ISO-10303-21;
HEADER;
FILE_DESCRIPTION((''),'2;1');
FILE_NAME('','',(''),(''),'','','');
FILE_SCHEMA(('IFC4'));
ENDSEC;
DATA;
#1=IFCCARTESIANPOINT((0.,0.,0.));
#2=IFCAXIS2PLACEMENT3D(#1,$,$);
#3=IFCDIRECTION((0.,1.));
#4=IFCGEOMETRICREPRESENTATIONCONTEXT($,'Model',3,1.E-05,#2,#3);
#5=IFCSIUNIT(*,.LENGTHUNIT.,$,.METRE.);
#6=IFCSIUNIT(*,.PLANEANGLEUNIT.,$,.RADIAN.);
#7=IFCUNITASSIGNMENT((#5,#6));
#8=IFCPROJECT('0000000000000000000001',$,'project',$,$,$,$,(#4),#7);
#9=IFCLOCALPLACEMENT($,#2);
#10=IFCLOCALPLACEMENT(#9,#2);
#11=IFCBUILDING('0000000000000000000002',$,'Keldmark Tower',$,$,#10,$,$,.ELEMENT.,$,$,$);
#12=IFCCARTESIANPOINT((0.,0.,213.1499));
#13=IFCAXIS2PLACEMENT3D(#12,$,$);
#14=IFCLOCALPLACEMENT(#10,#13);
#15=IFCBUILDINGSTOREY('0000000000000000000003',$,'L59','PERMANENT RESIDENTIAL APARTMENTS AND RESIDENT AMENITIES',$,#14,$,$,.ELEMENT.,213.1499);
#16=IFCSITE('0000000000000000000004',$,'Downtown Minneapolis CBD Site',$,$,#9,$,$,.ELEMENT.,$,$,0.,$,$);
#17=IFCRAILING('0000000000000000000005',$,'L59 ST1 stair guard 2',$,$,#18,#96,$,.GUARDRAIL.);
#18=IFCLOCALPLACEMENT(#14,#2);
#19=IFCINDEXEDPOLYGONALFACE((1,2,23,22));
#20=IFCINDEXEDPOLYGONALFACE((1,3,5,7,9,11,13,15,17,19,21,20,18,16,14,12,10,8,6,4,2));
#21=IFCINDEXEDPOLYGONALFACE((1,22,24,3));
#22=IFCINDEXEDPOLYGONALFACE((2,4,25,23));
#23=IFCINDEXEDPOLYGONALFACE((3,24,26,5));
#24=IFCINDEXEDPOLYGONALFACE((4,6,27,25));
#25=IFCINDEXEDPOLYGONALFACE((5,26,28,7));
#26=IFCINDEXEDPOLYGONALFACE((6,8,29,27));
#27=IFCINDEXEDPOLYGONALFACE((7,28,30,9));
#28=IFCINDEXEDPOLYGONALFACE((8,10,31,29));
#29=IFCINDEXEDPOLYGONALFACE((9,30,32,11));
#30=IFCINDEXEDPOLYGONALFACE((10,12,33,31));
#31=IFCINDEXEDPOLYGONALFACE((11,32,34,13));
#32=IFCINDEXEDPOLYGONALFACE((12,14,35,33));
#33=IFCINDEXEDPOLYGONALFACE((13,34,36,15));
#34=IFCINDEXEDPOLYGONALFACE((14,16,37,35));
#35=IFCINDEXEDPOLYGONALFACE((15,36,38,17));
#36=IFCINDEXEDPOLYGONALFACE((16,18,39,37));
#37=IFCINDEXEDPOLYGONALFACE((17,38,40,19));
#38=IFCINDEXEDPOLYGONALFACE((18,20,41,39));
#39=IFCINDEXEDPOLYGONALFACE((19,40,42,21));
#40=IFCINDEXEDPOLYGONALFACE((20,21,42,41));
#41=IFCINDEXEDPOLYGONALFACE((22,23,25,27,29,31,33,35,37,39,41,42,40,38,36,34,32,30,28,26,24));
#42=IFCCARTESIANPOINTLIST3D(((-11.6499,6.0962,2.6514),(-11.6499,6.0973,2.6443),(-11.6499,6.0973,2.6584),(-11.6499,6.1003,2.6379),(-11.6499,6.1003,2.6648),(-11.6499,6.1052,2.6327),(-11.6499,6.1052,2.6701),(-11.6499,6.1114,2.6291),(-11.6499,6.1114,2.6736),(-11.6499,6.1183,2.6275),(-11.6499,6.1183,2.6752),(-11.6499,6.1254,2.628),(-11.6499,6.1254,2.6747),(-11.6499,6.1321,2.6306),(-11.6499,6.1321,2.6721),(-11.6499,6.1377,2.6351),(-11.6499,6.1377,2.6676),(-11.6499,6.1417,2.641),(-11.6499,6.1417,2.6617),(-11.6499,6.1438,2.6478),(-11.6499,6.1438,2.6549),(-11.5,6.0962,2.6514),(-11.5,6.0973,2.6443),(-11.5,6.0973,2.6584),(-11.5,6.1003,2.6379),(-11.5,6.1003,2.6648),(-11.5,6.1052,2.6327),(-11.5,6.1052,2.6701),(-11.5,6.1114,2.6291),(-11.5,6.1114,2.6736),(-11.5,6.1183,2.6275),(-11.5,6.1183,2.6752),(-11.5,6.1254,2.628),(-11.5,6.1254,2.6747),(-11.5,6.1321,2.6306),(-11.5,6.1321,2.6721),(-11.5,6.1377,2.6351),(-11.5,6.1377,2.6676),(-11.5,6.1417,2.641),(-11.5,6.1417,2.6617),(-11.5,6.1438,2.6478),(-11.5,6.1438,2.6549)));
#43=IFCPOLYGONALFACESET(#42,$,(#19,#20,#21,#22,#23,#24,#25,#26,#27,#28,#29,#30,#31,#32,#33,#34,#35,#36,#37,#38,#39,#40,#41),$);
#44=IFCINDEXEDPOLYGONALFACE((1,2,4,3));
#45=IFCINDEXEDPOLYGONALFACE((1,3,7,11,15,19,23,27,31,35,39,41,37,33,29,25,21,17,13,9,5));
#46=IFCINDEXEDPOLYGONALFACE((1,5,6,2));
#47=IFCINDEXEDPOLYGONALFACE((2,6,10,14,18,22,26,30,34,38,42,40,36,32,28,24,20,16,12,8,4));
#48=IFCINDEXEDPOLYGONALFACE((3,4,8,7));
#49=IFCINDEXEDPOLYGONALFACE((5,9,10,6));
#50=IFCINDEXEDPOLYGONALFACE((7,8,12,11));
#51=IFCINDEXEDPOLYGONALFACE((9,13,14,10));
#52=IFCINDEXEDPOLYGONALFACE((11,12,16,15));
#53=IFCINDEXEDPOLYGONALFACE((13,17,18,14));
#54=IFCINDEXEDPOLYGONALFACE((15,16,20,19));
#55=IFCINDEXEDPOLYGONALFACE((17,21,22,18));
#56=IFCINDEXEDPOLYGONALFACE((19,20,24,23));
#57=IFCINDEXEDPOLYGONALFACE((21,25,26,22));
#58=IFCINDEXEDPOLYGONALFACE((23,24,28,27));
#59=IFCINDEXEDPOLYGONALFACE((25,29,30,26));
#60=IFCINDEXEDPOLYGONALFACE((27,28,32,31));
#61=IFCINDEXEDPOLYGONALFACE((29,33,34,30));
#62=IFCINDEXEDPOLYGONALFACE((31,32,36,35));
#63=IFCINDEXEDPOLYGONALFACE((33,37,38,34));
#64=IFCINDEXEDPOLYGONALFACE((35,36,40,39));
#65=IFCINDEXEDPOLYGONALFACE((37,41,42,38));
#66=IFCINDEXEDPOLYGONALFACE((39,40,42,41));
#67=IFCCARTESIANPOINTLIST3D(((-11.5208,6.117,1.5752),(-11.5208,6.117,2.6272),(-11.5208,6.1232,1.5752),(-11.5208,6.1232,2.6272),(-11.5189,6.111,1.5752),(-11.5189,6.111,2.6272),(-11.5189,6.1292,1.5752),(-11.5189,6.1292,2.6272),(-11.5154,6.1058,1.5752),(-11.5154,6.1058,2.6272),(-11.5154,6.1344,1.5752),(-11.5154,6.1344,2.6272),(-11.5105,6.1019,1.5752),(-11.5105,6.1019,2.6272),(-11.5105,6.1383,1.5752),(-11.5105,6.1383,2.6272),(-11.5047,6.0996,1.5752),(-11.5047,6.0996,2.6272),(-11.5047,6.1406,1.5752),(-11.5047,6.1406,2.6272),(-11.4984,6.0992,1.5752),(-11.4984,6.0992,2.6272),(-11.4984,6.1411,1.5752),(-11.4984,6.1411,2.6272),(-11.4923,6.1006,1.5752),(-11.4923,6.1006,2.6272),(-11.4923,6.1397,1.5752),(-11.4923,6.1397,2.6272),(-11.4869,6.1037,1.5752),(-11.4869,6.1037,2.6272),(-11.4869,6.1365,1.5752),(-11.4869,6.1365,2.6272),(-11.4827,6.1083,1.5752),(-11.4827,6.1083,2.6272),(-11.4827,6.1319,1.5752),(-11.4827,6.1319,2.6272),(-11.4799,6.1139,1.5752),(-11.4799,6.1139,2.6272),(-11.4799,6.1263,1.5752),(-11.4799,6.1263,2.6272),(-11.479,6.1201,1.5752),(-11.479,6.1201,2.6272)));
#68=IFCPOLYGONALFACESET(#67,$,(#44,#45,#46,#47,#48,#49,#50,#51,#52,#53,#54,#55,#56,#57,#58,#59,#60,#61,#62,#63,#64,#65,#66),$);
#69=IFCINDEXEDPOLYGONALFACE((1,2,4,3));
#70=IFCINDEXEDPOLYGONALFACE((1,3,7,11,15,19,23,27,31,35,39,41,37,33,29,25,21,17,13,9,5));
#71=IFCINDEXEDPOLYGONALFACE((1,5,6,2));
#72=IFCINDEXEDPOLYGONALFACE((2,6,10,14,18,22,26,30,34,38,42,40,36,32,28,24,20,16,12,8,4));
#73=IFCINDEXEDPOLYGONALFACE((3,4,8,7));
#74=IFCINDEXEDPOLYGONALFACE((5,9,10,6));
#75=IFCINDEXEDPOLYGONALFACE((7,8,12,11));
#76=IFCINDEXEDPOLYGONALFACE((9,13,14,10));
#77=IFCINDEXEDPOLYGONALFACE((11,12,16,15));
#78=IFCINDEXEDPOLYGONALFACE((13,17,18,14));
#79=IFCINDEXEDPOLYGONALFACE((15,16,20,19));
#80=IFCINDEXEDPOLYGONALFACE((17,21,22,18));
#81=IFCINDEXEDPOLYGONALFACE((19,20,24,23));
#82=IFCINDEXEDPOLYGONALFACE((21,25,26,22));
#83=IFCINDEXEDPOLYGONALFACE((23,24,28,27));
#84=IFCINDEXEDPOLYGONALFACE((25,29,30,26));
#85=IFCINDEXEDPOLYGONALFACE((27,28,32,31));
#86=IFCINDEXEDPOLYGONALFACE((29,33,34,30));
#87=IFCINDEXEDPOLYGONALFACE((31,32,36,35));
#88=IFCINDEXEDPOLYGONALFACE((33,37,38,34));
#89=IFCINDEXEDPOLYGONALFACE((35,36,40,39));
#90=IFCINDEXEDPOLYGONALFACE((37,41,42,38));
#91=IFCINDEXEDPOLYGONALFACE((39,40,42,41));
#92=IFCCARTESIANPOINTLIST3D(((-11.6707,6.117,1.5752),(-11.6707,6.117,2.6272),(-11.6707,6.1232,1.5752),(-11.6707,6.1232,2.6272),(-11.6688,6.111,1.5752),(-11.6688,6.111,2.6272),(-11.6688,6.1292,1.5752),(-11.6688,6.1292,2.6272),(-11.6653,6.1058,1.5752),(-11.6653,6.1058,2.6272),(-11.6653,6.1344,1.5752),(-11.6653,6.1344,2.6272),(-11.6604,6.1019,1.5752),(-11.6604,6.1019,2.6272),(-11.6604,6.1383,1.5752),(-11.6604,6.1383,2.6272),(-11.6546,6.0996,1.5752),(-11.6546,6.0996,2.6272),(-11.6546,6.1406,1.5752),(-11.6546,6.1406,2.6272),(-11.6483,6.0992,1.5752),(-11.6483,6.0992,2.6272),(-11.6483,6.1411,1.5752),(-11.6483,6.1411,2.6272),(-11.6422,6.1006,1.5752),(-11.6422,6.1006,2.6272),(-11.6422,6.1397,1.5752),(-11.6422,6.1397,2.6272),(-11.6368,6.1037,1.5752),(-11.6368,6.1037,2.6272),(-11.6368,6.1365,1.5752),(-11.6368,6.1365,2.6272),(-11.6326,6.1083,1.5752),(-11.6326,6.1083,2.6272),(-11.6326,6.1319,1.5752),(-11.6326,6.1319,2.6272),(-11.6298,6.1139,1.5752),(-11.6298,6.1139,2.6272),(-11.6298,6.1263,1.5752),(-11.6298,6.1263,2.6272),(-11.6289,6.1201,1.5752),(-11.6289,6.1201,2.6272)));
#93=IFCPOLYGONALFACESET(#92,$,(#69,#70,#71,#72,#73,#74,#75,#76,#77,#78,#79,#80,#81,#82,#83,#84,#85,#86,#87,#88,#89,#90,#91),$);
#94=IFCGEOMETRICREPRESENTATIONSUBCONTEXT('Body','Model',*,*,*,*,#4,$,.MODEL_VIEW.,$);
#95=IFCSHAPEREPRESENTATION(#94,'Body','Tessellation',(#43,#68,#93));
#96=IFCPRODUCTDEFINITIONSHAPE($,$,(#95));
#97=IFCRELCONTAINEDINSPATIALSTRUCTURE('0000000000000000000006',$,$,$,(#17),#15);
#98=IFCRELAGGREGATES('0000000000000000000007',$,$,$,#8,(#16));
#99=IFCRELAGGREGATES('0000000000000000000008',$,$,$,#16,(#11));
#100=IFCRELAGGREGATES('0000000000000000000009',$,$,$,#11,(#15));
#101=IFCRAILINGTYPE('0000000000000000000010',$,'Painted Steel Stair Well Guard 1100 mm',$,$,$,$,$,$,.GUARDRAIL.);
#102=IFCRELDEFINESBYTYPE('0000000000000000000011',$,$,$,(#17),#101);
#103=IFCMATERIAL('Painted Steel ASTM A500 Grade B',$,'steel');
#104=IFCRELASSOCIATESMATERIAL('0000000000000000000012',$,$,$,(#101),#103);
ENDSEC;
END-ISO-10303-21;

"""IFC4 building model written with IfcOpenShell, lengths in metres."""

from ifc_helpers import new_model, si_unit, direction, frame, origin, origin_2d, place, context, subcontext, project, spatial, circle, extrude, material, type_object, element, save


model = new_model("IFC4")

# Units and contexts
model_context = context("Model", 3, precision=1e-05, world=origin(), true_north=direction((0.0, 1.0)))
body_context = subcontext(model_context, "Body", "Model", "MODEL_VIEW")
ifc_project = project(units=[si_unit("LENGTHUNIT", "METRE"), si_unit("PLANEANGLEUNIT", "RADIAN")], contexts=[model_context])

# Site, building, storey
site_placement = place(None, origin())
site = spatial("IfcSite", under=ifc_project, at=site_placement, Name="Downtown Minneapolis CBD Site", CompositionType="ELEMENT", RefElevation=0.0)
building_placement = place(site_placement, origin())
building = spatial("IfcBuilding", under=site, at=building_placement, Name="Keldmark Tower", CompositionType="ELEMENT")
storey_placement = place(building_placement, frame((0.0, 0.0, 213.1499)))
storey = spatial("IfcBuildingStorey", under=building, at=storey_placement, Name="L59", Description="PERMANENT RESIDENTIAL APARTMENTS AND RESIDENT AMENITIES", CompositionType="ELEMENT", Elevation=213.1499)

# Railing
ifc_material_1 = material(Name="Painted Steel ASTM A500 Grade B", Category="steel")
railing_type_1 = type_object("IfcRailingType", Name="Painted Steel Stair Well Guard 1100 mm", PredefinedType="GUARDRAIL", material=ifc_material_1)
railing_1_placement = place(storey_placement, frame((-11.5, 6.1201, 1.5752)))
element("IfcRailing", 1, at=railing_1_placement, inside=storey, type_object=railing_type_1, Name="L59 ST1 stair guard 2", PredefinedType="GUARDRAIL", context=body_context, shape_type="SweptSolid", body=[
    extrude(circle(Radius=0.0239, at=origin_2d()), frame((0.0, 0.0, 1.0762), z_axis=(-1.0, 0.0, 0.0), x_axis=(0.0, -1.0, 0.0)), (0.0, 0.0, 1.0), 0.1499),
    extrude(circle(Radius=0.021, at=origin_2d()), origin(), (0.0, 0.0, 1.0), 1.052),
    extrude(circle(Radius=0.021, at=origin_2d()), frame((-0.1499, 0.0, 0.0)), (0.0, 0.0, 1.0), 1.052),
])

save(model, "model.ifc")
